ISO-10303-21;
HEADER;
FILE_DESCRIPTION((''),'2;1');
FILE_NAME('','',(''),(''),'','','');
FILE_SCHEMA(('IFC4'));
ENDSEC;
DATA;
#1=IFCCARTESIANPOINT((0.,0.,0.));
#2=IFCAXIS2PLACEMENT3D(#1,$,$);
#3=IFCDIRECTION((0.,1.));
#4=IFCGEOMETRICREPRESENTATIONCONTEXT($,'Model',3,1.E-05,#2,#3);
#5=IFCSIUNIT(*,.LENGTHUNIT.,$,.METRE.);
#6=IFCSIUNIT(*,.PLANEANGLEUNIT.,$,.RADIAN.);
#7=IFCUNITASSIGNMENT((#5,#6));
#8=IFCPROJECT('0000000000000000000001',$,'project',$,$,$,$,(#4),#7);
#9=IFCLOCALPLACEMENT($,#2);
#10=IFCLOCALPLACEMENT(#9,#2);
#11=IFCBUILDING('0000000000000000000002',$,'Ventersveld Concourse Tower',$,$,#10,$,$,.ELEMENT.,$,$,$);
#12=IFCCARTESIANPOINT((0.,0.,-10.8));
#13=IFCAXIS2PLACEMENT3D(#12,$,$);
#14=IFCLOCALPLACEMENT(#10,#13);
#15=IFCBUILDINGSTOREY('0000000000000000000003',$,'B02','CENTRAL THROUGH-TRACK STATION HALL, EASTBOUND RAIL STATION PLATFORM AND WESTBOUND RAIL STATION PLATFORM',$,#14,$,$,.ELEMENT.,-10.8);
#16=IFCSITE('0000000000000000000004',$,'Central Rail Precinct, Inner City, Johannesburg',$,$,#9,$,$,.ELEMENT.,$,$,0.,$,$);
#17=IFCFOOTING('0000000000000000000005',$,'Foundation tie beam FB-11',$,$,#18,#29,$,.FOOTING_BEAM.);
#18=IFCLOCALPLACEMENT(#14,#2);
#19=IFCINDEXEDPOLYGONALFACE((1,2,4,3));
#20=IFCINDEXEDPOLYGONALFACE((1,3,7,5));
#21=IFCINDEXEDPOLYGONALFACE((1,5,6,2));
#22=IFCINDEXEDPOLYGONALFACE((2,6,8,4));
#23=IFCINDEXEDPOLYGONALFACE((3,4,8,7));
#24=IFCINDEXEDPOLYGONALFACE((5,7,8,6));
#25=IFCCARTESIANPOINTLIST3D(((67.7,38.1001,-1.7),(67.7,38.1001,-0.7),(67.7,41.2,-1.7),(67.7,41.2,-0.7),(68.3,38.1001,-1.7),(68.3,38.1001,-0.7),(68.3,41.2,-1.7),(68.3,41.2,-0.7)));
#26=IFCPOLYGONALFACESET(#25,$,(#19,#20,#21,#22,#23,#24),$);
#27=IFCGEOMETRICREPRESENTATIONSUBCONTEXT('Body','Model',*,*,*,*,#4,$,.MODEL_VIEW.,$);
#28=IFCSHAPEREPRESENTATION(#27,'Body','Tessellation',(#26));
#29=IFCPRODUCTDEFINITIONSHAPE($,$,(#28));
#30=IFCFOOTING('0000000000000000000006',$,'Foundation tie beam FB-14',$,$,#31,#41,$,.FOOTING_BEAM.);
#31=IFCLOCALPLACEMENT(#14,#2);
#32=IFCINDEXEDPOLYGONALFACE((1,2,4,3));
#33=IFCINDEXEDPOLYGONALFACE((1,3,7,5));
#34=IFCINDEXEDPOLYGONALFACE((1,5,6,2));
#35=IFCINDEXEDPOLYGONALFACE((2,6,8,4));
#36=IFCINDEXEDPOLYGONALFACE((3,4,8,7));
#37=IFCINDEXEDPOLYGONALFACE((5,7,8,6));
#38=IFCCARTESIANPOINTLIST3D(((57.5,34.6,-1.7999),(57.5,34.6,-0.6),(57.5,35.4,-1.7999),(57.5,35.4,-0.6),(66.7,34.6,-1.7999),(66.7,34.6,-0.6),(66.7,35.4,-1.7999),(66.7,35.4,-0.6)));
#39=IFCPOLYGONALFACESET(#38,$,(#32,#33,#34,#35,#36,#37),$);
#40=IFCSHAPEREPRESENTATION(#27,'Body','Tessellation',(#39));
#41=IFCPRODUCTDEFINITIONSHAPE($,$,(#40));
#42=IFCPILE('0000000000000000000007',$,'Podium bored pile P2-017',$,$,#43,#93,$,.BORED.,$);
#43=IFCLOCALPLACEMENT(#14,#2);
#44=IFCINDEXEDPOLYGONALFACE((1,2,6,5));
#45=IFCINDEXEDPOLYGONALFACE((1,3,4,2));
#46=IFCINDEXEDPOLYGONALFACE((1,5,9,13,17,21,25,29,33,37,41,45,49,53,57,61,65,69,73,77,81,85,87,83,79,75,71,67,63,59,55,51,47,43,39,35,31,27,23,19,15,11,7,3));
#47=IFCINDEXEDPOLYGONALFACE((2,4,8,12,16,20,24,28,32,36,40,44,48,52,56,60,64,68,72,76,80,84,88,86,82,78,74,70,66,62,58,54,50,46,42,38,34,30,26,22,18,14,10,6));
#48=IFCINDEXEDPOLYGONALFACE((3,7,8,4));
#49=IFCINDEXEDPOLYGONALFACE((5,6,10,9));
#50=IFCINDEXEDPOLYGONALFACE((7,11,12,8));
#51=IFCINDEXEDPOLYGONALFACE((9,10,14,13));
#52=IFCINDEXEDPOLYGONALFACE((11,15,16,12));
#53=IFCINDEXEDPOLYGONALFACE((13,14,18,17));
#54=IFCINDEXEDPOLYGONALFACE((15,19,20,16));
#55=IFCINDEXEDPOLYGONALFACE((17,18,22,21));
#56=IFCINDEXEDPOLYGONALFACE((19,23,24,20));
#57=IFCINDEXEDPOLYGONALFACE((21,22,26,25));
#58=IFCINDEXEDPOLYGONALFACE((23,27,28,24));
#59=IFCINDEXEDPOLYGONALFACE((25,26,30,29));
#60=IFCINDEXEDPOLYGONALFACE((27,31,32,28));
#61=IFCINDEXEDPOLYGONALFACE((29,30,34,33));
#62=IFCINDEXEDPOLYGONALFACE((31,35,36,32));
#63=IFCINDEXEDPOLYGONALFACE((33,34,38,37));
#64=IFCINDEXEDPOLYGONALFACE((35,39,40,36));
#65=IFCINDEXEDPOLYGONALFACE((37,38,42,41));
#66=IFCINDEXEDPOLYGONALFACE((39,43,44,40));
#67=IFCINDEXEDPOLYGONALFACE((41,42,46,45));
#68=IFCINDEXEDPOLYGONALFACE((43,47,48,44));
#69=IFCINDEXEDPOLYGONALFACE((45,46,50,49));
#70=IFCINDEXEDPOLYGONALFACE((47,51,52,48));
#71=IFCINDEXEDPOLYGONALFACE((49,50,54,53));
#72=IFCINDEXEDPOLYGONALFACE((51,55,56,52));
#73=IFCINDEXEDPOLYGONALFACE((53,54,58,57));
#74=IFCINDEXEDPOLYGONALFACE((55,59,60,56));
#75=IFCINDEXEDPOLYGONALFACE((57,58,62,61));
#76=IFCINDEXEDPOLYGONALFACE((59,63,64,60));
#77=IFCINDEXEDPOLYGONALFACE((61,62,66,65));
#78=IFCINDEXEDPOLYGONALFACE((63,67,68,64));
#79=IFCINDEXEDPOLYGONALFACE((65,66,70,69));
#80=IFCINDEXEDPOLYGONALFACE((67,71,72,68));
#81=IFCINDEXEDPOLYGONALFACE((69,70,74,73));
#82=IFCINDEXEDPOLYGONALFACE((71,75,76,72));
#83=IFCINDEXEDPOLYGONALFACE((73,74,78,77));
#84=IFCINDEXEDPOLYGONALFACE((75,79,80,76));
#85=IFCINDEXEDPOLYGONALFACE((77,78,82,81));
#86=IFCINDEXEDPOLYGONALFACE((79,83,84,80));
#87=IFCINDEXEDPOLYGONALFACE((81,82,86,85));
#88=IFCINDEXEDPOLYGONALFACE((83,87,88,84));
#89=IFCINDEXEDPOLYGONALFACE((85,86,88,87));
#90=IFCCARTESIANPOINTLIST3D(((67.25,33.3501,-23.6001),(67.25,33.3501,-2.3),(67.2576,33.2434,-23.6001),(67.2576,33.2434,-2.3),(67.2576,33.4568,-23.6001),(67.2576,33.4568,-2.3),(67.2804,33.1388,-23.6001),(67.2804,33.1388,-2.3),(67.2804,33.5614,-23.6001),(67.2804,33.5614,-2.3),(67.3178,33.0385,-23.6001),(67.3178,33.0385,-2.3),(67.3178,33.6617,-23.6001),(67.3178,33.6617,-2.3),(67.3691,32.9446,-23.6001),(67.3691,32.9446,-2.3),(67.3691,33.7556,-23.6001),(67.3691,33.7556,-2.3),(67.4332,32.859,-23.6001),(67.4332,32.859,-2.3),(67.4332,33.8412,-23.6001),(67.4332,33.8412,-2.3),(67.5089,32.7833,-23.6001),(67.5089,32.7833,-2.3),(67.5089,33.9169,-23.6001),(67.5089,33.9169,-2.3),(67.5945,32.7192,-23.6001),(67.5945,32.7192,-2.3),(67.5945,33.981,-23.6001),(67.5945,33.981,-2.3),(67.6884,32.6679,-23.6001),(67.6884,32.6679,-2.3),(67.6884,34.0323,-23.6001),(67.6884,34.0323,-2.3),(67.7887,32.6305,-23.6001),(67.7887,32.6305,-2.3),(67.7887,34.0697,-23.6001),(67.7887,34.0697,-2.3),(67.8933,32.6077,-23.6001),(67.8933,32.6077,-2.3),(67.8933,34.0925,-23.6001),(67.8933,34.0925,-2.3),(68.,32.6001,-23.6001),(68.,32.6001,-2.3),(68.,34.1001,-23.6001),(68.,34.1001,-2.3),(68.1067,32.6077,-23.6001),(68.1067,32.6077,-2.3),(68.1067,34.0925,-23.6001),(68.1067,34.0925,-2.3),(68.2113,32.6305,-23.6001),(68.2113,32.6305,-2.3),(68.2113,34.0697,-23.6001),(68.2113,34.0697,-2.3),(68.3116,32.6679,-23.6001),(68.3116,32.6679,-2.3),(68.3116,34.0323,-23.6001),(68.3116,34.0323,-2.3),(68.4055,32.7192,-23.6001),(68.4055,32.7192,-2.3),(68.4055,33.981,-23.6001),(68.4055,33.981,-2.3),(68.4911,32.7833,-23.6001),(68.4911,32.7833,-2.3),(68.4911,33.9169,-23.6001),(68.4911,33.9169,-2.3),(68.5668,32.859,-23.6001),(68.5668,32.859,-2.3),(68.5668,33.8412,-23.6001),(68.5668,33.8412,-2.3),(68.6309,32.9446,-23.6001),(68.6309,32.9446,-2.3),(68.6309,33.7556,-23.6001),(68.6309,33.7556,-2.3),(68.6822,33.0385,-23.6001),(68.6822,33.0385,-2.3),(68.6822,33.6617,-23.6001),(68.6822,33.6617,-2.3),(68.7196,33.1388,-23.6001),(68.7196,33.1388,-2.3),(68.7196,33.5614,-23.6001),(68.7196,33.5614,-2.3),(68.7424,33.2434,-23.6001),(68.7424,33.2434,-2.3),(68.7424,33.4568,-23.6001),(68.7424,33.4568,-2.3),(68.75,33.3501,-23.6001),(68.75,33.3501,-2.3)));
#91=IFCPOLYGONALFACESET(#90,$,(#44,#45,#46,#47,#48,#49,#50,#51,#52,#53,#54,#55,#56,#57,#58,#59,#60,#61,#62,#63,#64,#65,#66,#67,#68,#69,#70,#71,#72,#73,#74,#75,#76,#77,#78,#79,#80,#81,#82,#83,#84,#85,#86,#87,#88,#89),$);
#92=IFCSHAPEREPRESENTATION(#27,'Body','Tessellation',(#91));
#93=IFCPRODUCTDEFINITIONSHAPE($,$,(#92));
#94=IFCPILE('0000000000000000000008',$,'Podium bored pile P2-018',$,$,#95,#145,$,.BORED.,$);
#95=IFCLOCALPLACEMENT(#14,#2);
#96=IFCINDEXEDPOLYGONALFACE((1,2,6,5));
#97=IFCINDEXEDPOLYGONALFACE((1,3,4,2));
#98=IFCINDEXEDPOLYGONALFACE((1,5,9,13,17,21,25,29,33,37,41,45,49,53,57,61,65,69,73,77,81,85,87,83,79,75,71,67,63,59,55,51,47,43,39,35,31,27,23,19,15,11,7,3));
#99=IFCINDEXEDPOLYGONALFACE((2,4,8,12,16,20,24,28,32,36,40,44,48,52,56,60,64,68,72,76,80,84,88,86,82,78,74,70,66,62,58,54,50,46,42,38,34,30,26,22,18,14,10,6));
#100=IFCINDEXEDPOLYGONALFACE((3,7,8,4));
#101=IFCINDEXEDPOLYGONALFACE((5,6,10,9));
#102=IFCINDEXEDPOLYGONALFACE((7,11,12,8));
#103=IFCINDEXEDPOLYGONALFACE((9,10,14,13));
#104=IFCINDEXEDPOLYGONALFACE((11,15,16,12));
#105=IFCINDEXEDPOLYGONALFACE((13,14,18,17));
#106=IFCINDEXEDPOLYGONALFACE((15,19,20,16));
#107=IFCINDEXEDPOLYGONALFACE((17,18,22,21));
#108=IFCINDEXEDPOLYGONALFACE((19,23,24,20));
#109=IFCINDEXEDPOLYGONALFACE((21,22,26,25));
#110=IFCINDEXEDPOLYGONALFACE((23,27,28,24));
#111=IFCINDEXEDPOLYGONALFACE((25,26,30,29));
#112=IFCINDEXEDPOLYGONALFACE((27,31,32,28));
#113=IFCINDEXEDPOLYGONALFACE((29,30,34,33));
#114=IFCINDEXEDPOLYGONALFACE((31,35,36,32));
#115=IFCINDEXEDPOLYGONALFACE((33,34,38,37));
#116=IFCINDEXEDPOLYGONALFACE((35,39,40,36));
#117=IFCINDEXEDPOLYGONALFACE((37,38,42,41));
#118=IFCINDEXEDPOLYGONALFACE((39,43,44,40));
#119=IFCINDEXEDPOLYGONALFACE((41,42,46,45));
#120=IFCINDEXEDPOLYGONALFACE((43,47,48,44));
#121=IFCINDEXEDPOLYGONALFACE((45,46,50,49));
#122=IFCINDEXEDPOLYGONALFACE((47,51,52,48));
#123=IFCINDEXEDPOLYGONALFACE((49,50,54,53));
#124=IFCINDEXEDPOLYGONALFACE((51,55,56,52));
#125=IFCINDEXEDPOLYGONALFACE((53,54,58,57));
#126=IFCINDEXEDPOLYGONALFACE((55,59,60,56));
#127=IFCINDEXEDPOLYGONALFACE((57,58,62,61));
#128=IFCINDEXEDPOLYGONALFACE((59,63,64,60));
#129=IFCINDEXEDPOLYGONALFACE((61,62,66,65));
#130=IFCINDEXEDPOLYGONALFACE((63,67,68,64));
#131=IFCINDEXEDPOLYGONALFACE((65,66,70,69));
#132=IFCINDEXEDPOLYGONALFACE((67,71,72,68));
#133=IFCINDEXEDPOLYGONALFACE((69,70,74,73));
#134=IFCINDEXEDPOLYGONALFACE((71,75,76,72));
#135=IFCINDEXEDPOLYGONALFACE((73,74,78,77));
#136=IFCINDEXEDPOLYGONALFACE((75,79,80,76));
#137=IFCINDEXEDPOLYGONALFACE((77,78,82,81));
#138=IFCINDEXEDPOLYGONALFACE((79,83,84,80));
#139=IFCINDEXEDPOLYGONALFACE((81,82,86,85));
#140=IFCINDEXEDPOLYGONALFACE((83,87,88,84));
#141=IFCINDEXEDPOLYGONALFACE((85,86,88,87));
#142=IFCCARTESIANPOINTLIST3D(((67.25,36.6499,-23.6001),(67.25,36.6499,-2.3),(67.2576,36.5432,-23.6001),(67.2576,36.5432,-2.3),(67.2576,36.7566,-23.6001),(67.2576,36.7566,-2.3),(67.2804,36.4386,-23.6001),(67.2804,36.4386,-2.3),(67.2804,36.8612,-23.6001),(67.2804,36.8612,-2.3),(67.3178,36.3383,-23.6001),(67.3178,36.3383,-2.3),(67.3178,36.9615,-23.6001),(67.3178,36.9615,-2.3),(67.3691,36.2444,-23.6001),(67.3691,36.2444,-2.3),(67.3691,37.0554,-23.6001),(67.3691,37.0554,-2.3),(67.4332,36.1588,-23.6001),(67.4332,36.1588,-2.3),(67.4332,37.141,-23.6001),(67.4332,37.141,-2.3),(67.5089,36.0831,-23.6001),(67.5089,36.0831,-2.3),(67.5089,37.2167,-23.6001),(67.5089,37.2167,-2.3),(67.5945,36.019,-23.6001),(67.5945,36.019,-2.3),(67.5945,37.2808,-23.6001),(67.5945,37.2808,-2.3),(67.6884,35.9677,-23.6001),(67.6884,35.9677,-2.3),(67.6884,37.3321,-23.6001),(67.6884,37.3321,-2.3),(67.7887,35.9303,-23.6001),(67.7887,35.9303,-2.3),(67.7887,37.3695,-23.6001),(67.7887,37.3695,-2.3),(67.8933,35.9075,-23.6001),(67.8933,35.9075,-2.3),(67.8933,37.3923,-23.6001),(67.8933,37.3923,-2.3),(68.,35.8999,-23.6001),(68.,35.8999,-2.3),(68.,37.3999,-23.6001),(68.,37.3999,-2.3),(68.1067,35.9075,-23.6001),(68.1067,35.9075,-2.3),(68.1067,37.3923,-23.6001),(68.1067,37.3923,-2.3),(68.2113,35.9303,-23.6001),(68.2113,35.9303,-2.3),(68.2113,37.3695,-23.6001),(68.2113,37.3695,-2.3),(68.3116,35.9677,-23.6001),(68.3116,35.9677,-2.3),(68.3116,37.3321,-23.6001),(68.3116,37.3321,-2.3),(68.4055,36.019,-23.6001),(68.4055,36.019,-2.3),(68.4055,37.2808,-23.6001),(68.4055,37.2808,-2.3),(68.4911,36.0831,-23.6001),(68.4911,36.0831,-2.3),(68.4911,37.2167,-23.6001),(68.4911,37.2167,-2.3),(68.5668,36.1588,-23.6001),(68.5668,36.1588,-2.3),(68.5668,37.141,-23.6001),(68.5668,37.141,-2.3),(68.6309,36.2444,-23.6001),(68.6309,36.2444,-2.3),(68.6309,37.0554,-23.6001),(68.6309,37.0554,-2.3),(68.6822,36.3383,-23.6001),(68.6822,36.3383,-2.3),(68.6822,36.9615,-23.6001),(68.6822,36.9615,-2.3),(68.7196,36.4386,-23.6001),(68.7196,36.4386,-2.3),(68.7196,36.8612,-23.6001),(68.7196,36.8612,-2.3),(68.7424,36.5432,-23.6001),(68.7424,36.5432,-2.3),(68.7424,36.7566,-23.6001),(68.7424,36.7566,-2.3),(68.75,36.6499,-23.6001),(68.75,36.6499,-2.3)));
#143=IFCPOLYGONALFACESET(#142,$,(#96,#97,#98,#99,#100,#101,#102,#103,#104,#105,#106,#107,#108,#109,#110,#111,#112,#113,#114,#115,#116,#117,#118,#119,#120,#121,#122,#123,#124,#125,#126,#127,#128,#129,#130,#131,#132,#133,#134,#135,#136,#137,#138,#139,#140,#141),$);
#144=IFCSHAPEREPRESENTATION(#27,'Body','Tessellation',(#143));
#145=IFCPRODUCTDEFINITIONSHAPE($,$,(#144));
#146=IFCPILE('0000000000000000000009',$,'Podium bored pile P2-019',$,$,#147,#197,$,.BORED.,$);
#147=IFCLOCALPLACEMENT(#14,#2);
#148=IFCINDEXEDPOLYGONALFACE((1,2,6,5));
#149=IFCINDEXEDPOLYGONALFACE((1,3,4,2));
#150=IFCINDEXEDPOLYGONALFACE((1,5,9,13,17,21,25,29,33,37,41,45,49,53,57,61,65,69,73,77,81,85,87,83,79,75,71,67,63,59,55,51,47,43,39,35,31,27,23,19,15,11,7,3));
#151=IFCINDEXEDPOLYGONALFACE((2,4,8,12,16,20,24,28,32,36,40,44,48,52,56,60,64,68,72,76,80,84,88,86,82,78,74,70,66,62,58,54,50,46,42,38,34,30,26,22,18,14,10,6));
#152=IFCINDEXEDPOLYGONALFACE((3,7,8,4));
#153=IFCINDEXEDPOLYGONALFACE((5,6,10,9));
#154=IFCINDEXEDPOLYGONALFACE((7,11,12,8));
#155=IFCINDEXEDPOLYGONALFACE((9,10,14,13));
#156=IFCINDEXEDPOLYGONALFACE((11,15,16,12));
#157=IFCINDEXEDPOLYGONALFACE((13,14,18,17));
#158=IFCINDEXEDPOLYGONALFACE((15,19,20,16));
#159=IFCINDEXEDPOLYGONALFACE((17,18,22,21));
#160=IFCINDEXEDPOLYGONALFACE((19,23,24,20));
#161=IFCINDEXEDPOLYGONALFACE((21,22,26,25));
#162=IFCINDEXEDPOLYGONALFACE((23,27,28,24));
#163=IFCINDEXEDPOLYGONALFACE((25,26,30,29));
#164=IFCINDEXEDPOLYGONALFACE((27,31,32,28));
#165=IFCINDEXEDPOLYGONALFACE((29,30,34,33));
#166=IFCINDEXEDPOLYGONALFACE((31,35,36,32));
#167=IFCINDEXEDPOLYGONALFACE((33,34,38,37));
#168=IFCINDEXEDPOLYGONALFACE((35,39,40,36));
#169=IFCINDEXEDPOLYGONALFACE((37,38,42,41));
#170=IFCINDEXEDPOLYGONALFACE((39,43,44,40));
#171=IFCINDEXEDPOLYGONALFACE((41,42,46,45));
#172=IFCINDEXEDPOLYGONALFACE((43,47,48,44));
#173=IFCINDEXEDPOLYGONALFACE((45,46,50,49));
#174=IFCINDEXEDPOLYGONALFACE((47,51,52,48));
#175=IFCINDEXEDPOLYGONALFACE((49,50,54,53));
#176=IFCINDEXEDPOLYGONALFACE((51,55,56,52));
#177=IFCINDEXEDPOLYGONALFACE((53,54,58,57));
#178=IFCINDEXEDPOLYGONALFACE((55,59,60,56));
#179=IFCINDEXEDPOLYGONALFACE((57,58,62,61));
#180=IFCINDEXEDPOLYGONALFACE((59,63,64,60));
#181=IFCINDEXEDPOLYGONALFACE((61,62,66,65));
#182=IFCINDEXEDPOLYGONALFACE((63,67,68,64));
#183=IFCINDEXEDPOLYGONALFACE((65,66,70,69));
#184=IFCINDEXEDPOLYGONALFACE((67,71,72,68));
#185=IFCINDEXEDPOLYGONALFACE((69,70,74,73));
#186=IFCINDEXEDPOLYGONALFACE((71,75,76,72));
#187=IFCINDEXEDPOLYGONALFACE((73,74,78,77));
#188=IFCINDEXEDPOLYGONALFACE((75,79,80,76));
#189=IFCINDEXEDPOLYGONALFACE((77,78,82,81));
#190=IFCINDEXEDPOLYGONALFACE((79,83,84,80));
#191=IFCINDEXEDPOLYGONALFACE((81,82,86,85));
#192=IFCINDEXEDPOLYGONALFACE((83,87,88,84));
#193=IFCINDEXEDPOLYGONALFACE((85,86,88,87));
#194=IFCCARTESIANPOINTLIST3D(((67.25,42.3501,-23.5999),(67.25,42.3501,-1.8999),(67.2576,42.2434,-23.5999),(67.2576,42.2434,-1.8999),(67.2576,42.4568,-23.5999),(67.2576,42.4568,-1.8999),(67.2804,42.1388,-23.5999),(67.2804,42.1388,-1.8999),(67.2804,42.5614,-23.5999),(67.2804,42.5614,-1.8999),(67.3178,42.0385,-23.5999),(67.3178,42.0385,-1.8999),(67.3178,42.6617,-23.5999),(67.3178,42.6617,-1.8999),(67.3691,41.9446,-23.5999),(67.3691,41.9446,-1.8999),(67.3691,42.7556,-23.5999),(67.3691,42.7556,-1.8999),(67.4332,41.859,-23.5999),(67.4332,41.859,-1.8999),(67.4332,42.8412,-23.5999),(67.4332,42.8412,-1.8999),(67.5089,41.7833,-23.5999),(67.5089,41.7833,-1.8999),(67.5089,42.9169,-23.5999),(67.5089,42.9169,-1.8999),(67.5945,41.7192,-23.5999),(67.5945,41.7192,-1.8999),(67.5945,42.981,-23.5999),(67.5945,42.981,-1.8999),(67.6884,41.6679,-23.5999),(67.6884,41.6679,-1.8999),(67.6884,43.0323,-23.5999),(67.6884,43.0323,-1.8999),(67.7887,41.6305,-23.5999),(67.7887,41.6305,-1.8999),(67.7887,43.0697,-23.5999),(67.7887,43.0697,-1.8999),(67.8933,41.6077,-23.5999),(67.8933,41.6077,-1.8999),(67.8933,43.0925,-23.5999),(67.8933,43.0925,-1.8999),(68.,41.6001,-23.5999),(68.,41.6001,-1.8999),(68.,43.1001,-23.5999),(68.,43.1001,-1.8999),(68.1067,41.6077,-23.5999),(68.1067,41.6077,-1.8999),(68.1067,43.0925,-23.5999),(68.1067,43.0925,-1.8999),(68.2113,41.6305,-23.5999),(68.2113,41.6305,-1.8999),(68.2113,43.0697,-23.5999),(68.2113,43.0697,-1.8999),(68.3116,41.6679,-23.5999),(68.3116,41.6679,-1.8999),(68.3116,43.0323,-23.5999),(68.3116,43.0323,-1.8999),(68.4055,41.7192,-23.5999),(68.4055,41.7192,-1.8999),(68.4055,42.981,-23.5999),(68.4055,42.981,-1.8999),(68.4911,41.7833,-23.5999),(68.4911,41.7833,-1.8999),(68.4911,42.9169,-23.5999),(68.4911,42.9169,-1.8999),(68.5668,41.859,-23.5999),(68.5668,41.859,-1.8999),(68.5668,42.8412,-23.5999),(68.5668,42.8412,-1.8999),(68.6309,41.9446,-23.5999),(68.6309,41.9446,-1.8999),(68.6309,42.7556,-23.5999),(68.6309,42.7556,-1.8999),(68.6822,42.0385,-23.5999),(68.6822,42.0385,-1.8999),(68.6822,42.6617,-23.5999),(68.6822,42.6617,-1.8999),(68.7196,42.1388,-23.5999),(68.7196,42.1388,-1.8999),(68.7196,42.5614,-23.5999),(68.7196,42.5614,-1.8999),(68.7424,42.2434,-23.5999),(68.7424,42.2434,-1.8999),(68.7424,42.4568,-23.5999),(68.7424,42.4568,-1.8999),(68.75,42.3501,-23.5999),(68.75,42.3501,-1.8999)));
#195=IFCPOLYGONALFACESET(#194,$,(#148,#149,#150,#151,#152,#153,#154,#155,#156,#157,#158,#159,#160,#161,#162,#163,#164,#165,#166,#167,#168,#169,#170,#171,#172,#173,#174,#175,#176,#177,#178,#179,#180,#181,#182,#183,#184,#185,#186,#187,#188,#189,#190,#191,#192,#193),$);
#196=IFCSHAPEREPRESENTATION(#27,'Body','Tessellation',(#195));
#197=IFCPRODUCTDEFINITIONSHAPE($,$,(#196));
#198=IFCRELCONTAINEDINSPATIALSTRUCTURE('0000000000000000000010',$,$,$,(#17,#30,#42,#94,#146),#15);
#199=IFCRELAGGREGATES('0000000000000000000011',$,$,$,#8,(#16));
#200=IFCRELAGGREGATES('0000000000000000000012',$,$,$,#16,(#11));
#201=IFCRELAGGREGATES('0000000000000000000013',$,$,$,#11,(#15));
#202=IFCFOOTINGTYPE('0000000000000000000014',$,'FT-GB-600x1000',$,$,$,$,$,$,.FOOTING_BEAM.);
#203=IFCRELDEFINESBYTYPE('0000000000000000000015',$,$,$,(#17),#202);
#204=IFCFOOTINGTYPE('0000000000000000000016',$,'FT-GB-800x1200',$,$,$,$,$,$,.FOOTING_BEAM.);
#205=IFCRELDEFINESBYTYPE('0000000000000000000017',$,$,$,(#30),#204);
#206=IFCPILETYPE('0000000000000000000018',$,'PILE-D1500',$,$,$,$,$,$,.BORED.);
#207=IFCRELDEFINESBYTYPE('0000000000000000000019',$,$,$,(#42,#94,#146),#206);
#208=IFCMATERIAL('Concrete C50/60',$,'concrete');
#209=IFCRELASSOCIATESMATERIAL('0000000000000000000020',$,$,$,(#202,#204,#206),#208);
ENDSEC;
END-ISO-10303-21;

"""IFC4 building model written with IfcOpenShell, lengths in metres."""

from ifc_helpers import new_model, si_unit, direction, frame, origin, origin_2d, place, context, subcontext, project, spatial, rectangle, circle, extrude, material, material_profile, profile_set, type_object, element, save


model = new_model("IFC4")

# Units and contexts
model_context = context("Model", 3, precision=1e-05, world=origin(), true_north=direction((0.0, 1.0)))
body_context = subcontext(model_context, "Body", "Model", "MODEL_VIEW")
ifc_project = project(units=[si_unit("LENGTHUNIT", "METRE"), si_unit("PLANEANGLEUNIT", "RADIAN")], contexts=[model_context])

# Site, building, storey
site_placement = place(None, origin())
site = spatial("IfcSite", under=ifc_project, at=site_placement, Name="Central Rail Precinct, Inner City, Johannesburg", CompositionType="ELEMENT", RefElevation=0.0)
building_placement = place(site_placement, origin())
building = spatial("IfcBuilding", under=site, at=building_placement, Name="Ventersveld Concourse Tower", CompositionType="ELEMENT")
storey_placement = place(building_placement, frame((0.0, 0.0, -10.8)))
storey = spatial("IfcBuildingStorey", under=building, at=storey_placement, Name="B02", Description="CENTRAL THROUGH-TRACK STATION HALL, EASTBOUND RAIL STATION PLATFORM AND WESTBOUND RAIL STATION PLATFORM", CompositionType="ELEMENT", Elevation=-10.8)

# Footings
ifc_material_1 = material(Name="Concrete C50/60", Category="concrete")
ifc_material_profile_1 = material_profile(ifc_material_1, rectangle(XDim=0.6001, YDim=1.0, at=origin_2d()), Name="GB 600x1000")
ifc_profile_set_1 = profile_set([ifc_material_profile_1], Name="Concrete C50/60")
footing_type_1 = type_object("IfcFootingType", Name="FT-GB-600x1000", PredefinedType="FOOTING_BEAM", material=ifc_profile_set_1)
footing_1_placement = place(storey_placement, frame((68.0, 38.1001, -1.2), z_axis=(0.0, 1.0, 0.0), x_axis=(-1.0, 0.0, 0.0)))
element("IfcFooting", 1, at=footing_1_placement, inside=storey, type_object=footing_type_1, Name="Foundation tie beam FB-11", PredefinedType="FOOTING_BEAM", context=body_context, shape_type="SweptSolid", body=[
    extrude(rectangle(XDim=0.6001, YDim=1.0, at=origin_2d()), origin(), (0.0, 0.0, 1.0), 3.0999),
])
ifc_material_profile_2 = material_profile(ifc_material_1, rectangle(XDim=0.8, YDim=1.2, at=origin_2d()), Name="GB 800x1200")
ifc_profile_set_2 = profile_set([ifc_material_profile_2], Name="Concrete C50/60")
footing_type_2 = type_object("IfcFootingType", Name="FT-GB-800x1200", PredefinedType="FOOTING_BEAM", material=ifc_profile_set_2)
footing_2_placement = place(storey_placement, frame((57.5, 35.0, -1.2), z_axis=(1.0, 0.0, 0.0), x_axis=(0.0, 1.0, 0.0)))
element("IfcFooting", 2, at=footing_2_placement, inside=storey, type_object=footing_type_2, Name="Foundation tie beam FB-14", PredefinedType="FOOTING_BEAM", context=body_context, shape_type="SweptSolid", body=[
    extrude(rectangle(XDim=0.8, YDim=1.2, at=origin_2d()), origin(), (0.0, 0.0, 1.0), 9.2),
])

# Piles
ifc_material_profile_3 = material_profile(ifc_material_1, circle(Radius=0.75, at=origin_2d()), Name="PILE D1500")
ifc_profile_set_3 = profile_set([ifc_material_profile_3], Name="Concrete C50/60")
pile_type_1 = type_object("IfcPileType", Name="PILE-D1500", PredefinedType="BORED", material=ifc_profile_set_3)
for number, where, z_axis, x_axis, name in (
    (3, (68.0, 33.3501, -2.3), (0.0, 0.0, -1.0), (1.0, 0.0, 0.0), "Podium bored pile P2-017"),
    (4, (68.0, 36.6499, -2.3), (0.0, 0.0, -1.0), (1.0, 0.0, 0.0), "Podium bored pile P2-018"),
):
    element("IfcPile", number, at=place(storey_placement, frame(where, z_axis=z_axis, x_axis=x_axis)), inside=storey, type_object=pile_type_1, Name=name, PredefinedType="BORED", context=body_context, shape_type="SweptSolid", body=[
        extrude(circle(Radius=0.75, at=origin_2d()), origin(), (0.0, 0.0, 1.0), 21.3),
    ])
for number, where, z_axis, x_axis, name in (
    (5, (68.0, 42.3501, -1.8999), (0.0, 0.0, -1.0), (1.0, 0.0, 0.0), "Podium bored pile P2-019"),
):
    element("IfcPile", number, at=place(storey_placement, frame(where, z_axis=z_axis, x_axis=x_axis)), inside=storey, type_object=pile_type_1, Name=name, PredefinedType="BORED", context=body_context, shape_type="SweptSolid", body=[
        extrude(circle(Radius=0.75, at=origin_2d()), origin(), (0.0, 0.0, 1.0), 21.7),
    ])

save(model, "model.ifc")
